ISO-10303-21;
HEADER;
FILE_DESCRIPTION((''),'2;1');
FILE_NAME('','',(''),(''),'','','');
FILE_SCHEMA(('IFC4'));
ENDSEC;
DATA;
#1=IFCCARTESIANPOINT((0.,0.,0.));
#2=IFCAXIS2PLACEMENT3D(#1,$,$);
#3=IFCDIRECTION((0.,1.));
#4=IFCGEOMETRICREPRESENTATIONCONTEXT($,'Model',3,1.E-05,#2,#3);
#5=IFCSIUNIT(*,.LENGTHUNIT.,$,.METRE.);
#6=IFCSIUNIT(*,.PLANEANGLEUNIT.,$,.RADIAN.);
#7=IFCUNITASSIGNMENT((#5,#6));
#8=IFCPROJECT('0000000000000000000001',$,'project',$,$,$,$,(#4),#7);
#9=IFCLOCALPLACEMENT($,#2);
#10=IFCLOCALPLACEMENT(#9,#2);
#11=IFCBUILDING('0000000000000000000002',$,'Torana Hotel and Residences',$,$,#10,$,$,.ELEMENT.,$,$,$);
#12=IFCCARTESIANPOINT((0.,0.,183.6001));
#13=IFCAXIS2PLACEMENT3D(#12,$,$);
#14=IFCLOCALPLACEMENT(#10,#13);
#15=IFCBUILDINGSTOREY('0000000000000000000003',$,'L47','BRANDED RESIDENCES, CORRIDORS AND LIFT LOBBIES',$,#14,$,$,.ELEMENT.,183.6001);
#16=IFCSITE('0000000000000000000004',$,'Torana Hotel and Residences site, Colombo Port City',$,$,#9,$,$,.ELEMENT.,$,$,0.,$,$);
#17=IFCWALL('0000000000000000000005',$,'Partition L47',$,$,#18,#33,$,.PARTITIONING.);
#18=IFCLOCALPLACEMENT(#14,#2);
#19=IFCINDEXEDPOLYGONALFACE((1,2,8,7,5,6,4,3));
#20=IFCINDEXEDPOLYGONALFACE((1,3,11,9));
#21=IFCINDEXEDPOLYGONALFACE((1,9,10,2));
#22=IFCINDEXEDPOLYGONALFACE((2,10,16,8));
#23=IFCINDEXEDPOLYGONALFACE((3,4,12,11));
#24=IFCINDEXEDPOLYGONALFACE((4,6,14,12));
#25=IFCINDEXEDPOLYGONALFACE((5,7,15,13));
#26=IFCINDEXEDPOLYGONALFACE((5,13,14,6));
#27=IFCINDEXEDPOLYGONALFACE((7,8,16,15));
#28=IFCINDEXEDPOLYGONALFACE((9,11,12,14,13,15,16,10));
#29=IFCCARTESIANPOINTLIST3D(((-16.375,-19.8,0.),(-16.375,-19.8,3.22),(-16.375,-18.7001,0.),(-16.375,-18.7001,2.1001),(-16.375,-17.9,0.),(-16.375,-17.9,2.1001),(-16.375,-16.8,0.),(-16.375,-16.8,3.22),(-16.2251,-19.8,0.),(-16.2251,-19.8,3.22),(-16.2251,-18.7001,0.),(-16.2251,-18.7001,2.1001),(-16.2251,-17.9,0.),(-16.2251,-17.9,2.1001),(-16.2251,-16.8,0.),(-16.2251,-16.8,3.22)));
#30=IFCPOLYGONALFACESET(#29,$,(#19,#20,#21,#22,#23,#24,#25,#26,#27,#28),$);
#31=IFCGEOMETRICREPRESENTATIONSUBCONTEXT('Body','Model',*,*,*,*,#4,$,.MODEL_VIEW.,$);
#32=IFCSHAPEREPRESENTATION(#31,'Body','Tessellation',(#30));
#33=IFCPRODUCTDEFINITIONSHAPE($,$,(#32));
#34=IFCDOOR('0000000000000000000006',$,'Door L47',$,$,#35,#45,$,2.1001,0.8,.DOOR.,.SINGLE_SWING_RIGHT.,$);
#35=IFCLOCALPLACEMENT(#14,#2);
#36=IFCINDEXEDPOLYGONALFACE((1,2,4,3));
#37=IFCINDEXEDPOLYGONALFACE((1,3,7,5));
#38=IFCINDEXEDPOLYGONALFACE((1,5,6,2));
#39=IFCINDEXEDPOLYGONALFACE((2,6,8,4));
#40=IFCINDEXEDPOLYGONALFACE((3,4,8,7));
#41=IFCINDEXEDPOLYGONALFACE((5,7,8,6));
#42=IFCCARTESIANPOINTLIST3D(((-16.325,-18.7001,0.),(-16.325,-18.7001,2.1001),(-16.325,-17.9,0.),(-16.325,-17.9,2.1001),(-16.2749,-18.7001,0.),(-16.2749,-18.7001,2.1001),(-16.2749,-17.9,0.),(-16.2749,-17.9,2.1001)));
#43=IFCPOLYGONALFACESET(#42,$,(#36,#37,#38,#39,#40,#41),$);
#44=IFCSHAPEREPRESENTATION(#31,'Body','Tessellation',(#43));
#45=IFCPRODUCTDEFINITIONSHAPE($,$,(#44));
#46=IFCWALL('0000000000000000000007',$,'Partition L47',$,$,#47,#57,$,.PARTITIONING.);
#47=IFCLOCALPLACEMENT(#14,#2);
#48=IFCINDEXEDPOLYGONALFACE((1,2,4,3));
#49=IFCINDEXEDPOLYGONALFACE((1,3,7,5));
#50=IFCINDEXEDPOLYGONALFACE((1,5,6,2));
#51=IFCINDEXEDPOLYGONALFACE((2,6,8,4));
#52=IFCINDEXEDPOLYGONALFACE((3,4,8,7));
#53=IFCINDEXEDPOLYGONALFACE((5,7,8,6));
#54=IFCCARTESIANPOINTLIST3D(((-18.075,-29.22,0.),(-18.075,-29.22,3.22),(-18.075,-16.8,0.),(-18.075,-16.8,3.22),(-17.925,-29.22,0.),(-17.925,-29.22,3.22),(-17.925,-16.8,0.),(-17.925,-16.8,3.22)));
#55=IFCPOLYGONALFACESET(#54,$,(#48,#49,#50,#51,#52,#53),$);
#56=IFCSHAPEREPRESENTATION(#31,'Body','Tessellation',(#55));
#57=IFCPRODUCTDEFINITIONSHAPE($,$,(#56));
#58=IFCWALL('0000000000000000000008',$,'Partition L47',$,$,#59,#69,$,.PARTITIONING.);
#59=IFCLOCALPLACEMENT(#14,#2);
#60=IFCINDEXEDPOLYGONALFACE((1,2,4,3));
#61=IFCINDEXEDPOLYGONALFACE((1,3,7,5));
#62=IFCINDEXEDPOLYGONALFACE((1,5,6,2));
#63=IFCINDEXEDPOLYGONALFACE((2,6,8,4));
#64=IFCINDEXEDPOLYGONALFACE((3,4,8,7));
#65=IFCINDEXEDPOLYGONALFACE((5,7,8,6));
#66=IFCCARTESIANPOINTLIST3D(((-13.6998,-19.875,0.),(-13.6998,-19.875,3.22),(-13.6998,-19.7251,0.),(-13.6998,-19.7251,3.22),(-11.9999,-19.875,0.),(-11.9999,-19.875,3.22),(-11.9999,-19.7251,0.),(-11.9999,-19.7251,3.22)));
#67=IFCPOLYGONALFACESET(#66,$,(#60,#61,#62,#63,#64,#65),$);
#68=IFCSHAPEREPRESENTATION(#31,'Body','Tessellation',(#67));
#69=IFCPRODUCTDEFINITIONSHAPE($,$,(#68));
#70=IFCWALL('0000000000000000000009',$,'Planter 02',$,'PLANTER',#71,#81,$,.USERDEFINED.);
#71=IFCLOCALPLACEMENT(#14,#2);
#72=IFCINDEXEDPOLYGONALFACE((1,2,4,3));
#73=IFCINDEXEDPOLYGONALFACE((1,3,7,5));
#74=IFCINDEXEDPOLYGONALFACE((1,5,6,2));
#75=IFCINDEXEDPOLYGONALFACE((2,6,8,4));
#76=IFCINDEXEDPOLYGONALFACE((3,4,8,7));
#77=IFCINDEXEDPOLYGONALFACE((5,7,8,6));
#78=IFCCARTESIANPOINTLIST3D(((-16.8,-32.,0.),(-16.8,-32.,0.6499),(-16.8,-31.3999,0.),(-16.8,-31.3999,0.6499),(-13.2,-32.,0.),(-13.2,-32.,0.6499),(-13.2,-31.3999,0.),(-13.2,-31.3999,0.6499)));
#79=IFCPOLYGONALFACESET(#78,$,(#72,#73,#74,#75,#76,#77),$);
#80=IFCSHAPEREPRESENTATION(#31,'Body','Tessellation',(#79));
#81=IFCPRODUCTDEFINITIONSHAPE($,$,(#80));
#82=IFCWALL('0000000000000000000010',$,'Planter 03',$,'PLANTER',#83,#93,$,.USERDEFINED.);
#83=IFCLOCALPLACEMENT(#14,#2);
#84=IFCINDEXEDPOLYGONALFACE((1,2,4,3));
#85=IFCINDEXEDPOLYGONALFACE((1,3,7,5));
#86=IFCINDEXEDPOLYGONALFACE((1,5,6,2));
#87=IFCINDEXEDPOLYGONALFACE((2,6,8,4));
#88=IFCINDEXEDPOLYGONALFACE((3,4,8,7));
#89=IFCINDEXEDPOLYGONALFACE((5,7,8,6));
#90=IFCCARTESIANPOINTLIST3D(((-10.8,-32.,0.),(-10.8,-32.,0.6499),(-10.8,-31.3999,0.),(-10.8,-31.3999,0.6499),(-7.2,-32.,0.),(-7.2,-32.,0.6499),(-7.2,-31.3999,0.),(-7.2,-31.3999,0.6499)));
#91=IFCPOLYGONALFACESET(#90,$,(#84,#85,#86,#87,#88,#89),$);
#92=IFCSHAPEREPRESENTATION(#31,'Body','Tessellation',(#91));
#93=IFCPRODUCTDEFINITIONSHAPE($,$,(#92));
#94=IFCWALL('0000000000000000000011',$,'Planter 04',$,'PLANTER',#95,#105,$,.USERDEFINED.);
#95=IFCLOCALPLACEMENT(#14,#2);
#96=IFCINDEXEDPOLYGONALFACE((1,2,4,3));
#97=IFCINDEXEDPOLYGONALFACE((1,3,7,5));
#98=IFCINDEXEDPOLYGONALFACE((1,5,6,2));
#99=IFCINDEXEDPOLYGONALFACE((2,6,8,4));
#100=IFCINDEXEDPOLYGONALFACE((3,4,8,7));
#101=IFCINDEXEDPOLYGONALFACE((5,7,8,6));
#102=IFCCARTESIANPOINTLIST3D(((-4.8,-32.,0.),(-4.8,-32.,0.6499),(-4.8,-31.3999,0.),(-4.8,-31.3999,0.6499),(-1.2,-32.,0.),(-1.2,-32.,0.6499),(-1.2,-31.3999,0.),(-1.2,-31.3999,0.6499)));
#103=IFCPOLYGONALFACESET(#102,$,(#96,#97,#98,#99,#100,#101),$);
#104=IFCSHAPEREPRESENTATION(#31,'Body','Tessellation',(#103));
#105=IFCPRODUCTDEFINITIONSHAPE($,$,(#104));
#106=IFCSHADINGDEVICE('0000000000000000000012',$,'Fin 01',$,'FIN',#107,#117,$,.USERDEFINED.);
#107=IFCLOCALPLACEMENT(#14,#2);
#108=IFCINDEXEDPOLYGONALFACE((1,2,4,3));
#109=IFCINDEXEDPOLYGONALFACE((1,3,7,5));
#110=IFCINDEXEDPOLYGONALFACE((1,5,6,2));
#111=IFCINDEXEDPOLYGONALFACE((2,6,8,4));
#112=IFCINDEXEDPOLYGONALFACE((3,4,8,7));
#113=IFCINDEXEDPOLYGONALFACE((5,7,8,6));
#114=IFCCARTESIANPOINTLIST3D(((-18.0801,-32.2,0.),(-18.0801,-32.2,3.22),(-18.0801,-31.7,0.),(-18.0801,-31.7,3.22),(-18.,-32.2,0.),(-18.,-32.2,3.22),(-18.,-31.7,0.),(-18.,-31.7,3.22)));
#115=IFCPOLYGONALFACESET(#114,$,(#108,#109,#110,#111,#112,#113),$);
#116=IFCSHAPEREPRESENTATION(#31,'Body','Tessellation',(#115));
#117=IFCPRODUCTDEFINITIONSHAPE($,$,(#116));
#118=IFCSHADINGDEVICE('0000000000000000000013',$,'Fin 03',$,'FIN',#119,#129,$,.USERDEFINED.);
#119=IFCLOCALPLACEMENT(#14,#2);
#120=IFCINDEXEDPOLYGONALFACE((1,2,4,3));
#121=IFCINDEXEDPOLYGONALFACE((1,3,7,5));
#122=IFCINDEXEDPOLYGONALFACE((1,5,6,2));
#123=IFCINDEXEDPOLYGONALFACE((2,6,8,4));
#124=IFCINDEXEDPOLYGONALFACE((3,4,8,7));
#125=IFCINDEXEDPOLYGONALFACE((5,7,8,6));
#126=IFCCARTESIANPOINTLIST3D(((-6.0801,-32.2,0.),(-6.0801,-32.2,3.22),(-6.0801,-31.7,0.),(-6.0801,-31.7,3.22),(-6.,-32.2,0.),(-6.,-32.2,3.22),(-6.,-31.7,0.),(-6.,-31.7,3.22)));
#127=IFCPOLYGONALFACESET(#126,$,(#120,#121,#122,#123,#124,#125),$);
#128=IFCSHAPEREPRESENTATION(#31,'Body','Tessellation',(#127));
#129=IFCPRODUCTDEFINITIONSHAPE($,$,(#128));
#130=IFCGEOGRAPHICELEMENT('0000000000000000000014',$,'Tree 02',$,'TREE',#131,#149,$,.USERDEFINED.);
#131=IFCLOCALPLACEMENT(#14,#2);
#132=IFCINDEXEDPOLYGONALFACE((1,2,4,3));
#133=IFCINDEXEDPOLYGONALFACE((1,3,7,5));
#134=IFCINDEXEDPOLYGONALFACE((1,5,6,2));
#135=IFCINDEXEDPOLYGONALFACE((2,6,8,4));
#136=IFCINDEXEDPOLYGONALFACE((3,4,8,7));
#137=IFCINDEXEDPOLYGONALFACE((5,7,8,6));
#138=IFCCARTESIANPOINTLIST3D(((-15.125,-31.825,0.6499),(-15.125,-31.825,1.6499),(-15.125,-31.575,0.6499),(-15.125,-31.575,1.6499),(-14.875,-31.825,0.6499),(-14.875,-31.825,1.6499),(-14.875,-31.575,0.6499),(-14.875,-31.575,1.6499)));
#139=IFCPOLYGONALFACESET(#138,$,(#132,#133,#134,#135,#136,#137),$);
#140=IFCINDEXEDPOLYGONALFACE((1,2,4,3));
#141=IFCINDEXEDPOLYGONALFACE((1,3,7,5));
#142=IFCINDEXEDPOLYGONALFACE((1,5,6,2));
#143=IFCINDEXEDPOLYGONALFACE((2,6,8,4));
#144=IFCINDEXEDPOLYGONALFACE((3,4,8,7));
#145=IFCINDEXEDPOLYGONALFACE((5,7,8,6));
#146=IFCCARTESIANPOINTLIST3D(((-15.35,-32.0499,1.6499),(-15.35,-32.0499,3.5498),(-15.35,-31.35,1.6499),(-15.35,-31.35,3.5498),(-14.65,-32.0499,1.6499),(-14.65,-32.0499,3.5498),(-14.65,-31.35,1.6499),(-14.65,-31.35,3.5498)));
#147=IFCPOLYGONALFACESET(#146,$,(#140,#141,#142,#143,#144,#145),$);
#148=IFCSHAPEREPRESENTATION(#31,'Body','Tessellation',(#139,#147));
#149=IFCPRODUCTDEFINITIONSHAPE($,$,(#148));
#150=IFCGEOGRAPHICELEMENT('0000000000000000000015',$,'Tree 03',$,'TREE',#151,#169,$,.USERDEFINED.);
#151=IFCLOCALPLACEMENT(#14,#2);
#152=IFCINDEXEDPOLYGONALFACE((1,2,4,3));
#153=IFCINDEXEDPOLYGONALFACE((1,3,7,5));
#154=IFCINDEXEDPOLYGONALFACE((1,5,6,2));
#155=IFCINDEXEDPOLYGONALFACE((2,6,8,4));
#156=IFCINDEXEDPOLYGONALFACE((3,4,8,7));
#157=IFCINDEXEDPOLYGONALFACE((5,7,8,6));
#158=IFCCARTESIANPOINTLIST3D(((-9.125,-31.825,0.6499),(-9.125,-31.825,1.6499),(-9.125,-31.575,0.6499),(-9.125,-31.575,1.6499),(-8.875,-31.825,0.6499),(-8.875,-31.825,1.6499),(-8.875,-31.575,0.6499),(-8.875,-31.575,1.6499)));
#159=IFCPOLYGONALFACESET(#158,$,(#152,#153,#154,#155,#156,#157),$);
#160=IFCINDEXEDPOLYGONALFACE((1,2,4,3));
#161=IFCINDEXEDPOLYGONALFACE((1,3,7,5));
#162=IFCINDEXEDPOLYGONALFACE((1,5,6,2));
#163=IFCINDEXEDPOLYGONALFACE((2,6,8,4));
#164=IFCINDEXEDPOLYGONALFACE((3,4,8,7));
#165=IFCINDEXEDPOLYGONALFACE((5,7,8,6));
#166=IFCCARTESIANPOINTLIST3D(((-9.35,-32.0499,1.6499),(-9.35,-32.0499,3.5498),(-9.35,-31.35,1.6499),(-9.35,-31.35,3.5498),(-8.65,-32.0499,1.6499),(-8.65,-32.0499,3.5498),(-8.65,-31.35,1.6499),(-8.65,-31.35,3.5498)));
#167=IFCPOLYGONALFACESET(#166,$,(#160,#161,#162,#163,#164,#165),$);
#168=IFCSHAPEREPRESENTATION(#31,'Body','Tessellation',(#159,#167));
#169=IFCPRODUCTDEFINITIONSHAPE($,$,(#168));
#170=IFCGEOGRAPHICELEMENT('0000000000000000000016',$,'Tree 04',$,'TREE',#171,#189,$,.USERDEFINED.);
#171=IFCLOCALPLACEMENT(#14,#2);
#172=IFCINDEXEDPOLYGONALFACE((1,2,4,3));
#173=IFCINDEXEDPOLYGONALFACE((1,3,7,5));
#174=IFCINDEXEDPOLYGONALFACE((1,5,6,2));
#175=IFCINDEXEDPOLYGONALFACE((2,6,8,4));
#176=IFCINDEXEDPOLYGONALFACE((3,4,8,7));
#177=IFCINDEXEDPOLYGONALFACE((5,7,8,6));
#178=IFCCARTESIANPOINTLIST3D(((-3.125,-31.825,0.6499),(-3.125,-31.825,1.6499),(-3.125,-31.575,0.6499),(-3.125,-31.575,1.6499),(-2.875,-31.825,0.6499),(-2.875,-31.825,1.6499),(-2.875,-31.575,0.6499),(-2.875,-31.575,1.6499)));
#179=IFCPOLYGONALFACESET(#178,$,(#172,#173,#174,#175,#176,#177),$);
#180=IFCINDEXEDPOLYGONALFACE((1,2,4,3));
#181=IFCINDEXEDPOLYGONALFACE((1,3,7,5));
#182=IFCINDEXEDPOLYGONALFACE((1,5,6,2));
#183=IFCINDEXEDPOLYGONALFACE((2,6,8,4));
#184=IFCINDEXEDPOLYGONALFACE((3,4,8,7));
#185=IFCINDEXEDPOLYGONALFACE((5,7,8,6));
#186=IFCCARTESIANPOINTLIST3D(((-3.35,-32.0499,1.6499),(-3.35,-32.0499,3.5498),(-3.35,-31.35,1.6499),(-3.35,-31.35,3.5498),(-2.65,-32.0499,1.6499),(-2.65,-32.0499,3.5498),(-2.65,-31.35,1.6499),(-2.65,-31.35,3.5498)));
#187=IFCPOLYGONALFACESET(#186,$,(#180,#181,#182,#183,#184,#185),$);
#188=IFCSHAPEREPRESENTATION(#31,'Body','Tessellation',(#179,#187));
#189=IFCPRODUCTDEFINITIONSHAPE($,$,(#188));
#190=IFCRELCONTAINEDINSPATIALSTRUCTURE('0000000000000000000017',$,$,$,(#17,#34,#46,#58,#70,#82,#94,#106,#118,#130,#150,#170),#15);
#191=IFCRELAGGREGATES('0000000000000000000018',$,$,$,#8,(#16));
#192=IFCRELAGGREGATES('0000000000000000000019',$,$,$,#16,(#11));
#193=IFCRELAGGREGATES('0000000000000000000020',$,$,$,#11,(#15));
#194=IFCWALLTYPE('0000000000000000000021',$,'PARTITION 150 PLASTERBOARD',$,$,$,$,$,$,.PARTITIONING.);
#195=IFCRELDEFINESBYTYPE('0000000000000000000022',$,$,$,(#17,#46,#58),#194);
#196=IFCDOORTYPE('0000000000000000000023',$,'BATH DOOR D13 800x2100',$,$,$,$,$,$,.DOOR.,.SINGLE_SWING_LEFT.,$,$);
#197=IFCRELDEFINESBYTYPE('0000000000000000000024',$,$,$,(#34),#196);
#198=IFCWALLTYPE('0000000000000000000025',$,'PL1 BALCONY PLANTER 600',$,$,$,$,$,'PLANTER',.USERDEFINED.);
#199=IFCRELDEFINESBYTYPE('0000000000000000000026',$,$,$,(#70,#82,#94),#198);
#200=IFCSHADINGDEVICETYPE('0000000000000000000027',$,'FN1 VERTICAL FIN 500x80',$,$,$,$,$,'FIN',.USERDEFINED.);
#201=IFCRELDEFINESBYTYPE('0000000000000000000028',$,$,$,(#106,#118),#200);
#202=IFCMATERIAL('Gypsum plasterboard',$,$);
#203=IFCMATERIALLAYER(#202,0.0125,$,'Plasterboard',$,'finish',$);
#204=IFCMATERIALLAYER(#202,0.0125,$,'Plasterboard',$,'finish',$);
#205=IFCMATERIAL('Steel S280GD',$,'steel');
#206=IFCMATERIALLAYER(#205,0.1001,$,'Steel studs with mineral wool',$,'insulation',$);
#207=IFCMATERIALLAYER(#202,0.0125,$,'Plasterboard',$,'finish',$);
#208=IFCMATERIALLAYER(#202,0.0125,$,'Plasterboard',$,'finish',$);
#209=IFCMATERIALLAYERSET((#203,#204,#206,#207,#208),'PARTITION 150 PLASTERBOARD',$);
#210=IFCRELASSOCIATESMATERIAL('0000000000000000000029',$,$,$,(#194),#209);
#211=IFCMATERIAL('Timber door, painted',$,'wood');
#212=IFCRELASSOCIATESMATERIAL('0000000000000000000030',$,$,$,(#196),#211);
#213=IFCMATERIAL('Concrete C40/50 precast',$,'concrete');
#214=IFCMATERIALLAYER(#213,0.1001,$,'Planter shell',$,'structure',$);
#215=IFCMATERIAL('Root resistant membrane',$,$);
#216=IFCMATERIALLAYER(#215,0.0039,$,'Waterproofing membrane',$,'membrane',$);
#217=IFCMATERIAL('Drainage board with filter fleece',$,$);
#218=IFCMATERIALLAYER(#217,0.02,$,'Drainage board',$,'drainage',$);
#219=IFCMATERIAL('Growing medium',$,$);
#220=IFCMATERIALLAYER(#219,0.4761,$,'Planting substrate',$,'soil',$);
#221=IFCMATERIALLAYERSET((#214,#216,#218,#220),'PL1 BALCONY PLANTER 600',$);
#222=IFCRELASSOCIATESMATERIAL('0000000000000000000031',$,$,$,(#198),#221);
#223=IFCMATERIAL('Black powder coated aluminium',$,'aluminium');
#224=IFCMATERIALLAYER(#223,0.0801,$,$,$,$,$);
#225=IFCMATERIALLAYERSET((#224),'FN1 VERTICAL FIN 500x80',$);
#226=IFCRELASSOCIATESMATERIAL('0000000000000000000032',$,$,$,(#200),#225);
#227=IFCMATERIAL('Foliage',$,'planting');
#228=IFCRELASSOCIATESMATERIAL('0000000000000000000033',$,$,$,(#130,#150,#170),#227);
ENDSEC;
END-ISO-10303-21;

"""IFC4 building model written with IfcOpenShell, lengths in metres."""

from ifc_helpers import new_model, si_unit, direction, frame, frame_2d, origin, origin_2d, place, context, subcontext, project, spatial, rectangle, extrude, material, layer, layer_set, type_object, element, fill, save


model = new_model("IFC4")

# Units and contexts
model_context = context("Model", 3, precision=1e-05, world=origin(), true_north=direction((0.0, 1.0)))
body_context = subcontext(model_context, "Body", "Model", "MODEL_VIEW")
ifc_project = project(units=[si_unit("LENGTHUNIT", "METRE"), si_unit("PLANEANGLEUNIT", "RADIAN")], contexts=[model_context])

# Site, building, storey
site_placement = place(None, origin())
site = spatial("IfcSite", under=ifc_project, at=site_placement, Name="Torana Hotel and Residences site, Colombo Port City", CompositionType="ELEMENT", RefElevation=0.0)
building_placement = place(site_placement, origin())
building = spatial("IfcBuilding", under=site, at=building_placement, Name="Torana Hotel and Residences", CompositionType="ELEMENT")
storey_placement = place(building_placement, frame((0.0, 0.0, 183.6001)))
storey = spatial("IfcBuildingStorey", under=building, at=storey_placement, Name="L47", Description="BRANDED RESIDENCES, CORRIDORS AND LIFT LOBBIES", CompositionType="ELEMENT", Elevation=183.6001)

# Shared definitions
ifc_material_1 = material(Name="Gypsum plasterboard")
ifc_layer_1 = layer(ifc_material_1, 0.0125, Name="Plasterboard", Category="finish")
ifc_layer_2 = layer(ifc_material_1, 0.0125, Name="Plasterboard", Category="finish")
ifc_material_2 = material(Name="Steel S280GD", Category="steel")
ifc_layer_3 = layer(ifc_material_2, 0.1001, Name="Steel studs with mineral wool", Category="insulation")
ifc_layer_4 = layer(ifc_material_1, 0.0125, Name="Plasterboard", Category="finish")
ifc_layer_5 = layer(ifc_material_1, 0.0125, Name="Plasterboard", Category="finish")
ifc_layer_set_1 = layer_set([ifc_layer_1, ifc_layer_2, ifc_layer_3, ifc_layer_4, ifc_layer_5], Name="PARTITION 150 PLASTERBOARD")
wall_type_1 = type_object("IfcWallType", Name="PARTITION 150 PLASTERBOARD", PredefinedType="PARTITIONING", material=ifc_layer_set_1)

# Shared definitions
ifc_material_3 = material(Name="Timber door, painted", Category="wood")
door_type_1 = type_object("IfcDoorType", Name="BATH DOOR D13 800x2100", OperationType="SINGLE_SWING_LEFT", PredefinedType="DOOR", material=ifc_material_3)

# Wall, opening, door
wall_1_placement = place(storey_placement, frame((-16.3, -19.8, 0.0), z_axis=(0.0, 0.0, 1.0), x_axis=(0.0, 1.0, 0.0)))
wall_1 = element("IfcWall", 1, at=wall_1_placement, inside=storey, type_object=wall_type_1, Name="Partition L47", PredefinedType="PARTITIONING", context=body_context, shape_type="SweptSolid", body=[
    extrude(rectangle(XDim=3.0, YDim=0.1499, at=frame_2d((1.5, 0.0))), origin(), (0.0, 0.0, 1.0), 3.22),
])
opening_1_placement = place(wall_1_placement, frame((1.1001, 0.0, 0.0)))
opening_1 = element("IfcOpeningElement", 2, at=opening_1_placement, cuts=wall_1, PredefinedType="OPENING", context=body_context, shape_type="SweptSolid", body=[
    extrude(rectangle(XDim=0.8, YDim=2.1001, at=frame_2d((0.3999, 1.05))), frame((0.0, 0.085, 0.0), z_axis=(0.0, -1.0, 0.0), x_axis=(1.0, 0.0, 0.0)), (0.0, 0.0, 1.0), 0.1699),
])
door_1_placement = place(opening_1_placement, origin())
door_1 = element("IfcDoor", 3, at=door_1_placement, inside=storey, type_object=door_type_1, Name="Door L47", OperationType="SINGLE_SWING_RIGHT", OverallHeight=2.1001, OverallWidth=0.8, PredefinedType="DOOR", context=body_context, shape_type="SweptSolid", body=[
    extrude(rectangle(XDim=0.8, YDim=2.1001, at=frame_2d((0.3999, 1.05))), frame((0.0, 0.0249, 0.0), z_axis=(0.0, -1.0, 0.0), x_axis=(1.0, 0.0, 0.0)), (0.0, 0.0, 1.0), 0.05),
])
fill(opening_1, door_1)

# Walls
wall_2_placement = place(storey_placement, frame((-18.0, -29.22, 0.0), z_axis=(0.0, 0.0, 1.0), x_axis=(0.0, 1.0, 0.0)))
element("IfcWall", 4, at=wall_2_placement, inside=storey, type_object=wall_type_1, Name="Partition L47", PredefinedType="PARTITIONING", context=body_context, shape_type="SweptSolid", body=[
    extrude(rectangle(XDim=12.4199, YDim=0.1499, at=frame_2d((6.21, 0.0))), origin(), (0.0, 0.0, 1.0), 3.22),
])
wall_3_placement = place(storey_placement, frame((-13.7, -19.8, 0.0), z_axis=(0.0, 0.0, 1.0), x_axis=(1.0, 0.0, 0.0)))
element("IfcWall", 5, at=wall_3_placement, inside=storey, type_object=wall_type_1, Name="Partition L47", PredefinedType="PARTITIONING", context=body_context, shape_type="SweptSolid", body=[
    extrude(rectangle(XDim=1.7, YDim=0.1499, at=frame_2d((0.8501, 0.0))), origin(), (0.0, 0.0, 1.0), 3.22),
])
ifc_material_4 = material(Name="Concrete C40/50 precast", Category="concrete")
ifc_layer_6 = layer(ifc_material_4, 0.1001, Name="Planter shell", Category="structure")
ifc_material_5 = material(Name="Root resistant membrane")
ifc_layer_7 = layer(ifc_material_5, 0.0039, Name="Waterproofing membrane", Category="membrane")
ifc_material_6 = material(Name="Drainage board with filter fleece")
ifc_layer_8 = layer(ifc_material_6, 0.02, Name="Drainage board", Category="drainage")
ifc_material_7 = material(Name="Growing medium")
ifc_layer_9 = layer(ifc_material_7, 0.4761, Name="Planting substrate", Category="soil")
ifc_layer_set_2 = layer_set([ifc_layer_6, ifc_layer_7, ifc_layer_8, ifc_layer_9], Name="PL1 BALCONY PLANTER 600")
wall_type_2 = type_object("IfcWallType", Name="PL1 BALCONY PLANTER 600", ElementType="PLANTER", PredefinedType="USERDEFINED", material=ifc_layer_set_2)
for number, where, z_axis, x_axis, name in (
    (6, (-13.2, -31.7, 0.0), (0.0, 0.0, 1.0), (-1.0, 0.0, 0.0), "Planter 02"),
    (7, (-7.2, -31.7, 0.0), (0.0, 0.0, 1.0), (-1.0, 0.0, 0.0), "Planter 03"),
    (8, (-1.2, -31.7, 0.0), (0.0, 0.0, 1.0), (-1.0, 0.0, 0.0), "Planter 04"),
):
    element("IfcWall", number, at=place(storey_placement, frame(where, z_axis=z_axis, x_axis=x_axis)), inside=storey, type_object=wall_type_2, Name=name, ObjectType="PLANTER", PredefinedType="USERDEFINED", context=body_context, shape_type="SweptSolid", body=[
        extrude(rectangle(XDim=3.6001, YDim=0.6001, at=frame_2d((1.8, 0.0))), origin(), (0.0, 0.0, 1.0), 0.6499),
    ])

# Shading devices
ifc_material_8 = material(Name="Black powder coated aluminium", Category="aluminium")
ifc_layer_10 = layer(ifc_material_8, 0.0801)
ifc_layer_set_3 = layer_set([ifc_layer_10], Name="FN1 VERTICAL FIN 500x80")
shading_device_type = type_object("IfcShadingDeviceType", Name="FN1 VERTICAL FIN 500x80", ElementType="FIN", PredefinedType="USERDEFINED", material=ifc_layer_set_3)
for number, where, z_axis, x_axis, name in (
    (9, (-18.04, -31.95, 0.0), (0.0, 0.0, 1.0), (-1.0, 0.0, 0.0), "Fin 01"),
    (10, (-6.04, -31.95, 0.0), (0.0, 0.0, 1.0), (-1.0, 0.0, 0.0), "Fin 03"),
):
    element("IfcShadingDevice", number, at=place(storey_placement, frame(where, z_axis=z_axis, x_axis=x_axis)), inside=storey, type_object=shading_device_type, Name=name, ObjectType="FIN", PredefinedType="USERDEFINED", context=body_context, shape_type="SweptSolid", body=[
        extrude(rectangle(XDim=0.0801, YDim=0.5, at=origin_2d()), origin(), (0.0, 0.0, 1.0), 3.22),
    ])

# Geographic elements
ifc_material_9 = material(Name="Foliage", Category="planting")
for number, where, z_axis, x_axis, name in (
    (11, (-15.0, -31.7, 0.6499), (0.0, 0.0, 1.0), (1.0, 0.0, 0.0), "Tree 02"),
    (12, (-9.0, -31.7, 0.6499), (0.0, 0.0, 1.0), (1.0, 0.0, 0.0), "Tree 03"),
    (13, (-3.0, -31.7, 0.6499), (0.0, 0.0, 1.0), (1.0, 0.0, 0.0), "Tree 04"),
):
    element("IfcGeographicElement", number, at=place(storey_placement, frame(where, z_axis=z_axis, x_axis=x_axis)), inside=storey, material=ifc_material_9, Name=name, ObjectType="TREE", PredefinedType="USERDEFINED", context=body_context, shape_type="SweptSolid", body=[
        extrude(rectangle(XDim=0.25, YDim=0.25, at=origin_2d()), origin(), (0.0, 0.0, 1.0), 1.0),
        extrude(rectangle(XDim=0.7, YDim=0.7, at=origin_2d()), frame((0.0, 0.0, 1.0)), (0.0, 0.0, 1.0), 1.8999),
    ])

save(model, "model.ifc")
